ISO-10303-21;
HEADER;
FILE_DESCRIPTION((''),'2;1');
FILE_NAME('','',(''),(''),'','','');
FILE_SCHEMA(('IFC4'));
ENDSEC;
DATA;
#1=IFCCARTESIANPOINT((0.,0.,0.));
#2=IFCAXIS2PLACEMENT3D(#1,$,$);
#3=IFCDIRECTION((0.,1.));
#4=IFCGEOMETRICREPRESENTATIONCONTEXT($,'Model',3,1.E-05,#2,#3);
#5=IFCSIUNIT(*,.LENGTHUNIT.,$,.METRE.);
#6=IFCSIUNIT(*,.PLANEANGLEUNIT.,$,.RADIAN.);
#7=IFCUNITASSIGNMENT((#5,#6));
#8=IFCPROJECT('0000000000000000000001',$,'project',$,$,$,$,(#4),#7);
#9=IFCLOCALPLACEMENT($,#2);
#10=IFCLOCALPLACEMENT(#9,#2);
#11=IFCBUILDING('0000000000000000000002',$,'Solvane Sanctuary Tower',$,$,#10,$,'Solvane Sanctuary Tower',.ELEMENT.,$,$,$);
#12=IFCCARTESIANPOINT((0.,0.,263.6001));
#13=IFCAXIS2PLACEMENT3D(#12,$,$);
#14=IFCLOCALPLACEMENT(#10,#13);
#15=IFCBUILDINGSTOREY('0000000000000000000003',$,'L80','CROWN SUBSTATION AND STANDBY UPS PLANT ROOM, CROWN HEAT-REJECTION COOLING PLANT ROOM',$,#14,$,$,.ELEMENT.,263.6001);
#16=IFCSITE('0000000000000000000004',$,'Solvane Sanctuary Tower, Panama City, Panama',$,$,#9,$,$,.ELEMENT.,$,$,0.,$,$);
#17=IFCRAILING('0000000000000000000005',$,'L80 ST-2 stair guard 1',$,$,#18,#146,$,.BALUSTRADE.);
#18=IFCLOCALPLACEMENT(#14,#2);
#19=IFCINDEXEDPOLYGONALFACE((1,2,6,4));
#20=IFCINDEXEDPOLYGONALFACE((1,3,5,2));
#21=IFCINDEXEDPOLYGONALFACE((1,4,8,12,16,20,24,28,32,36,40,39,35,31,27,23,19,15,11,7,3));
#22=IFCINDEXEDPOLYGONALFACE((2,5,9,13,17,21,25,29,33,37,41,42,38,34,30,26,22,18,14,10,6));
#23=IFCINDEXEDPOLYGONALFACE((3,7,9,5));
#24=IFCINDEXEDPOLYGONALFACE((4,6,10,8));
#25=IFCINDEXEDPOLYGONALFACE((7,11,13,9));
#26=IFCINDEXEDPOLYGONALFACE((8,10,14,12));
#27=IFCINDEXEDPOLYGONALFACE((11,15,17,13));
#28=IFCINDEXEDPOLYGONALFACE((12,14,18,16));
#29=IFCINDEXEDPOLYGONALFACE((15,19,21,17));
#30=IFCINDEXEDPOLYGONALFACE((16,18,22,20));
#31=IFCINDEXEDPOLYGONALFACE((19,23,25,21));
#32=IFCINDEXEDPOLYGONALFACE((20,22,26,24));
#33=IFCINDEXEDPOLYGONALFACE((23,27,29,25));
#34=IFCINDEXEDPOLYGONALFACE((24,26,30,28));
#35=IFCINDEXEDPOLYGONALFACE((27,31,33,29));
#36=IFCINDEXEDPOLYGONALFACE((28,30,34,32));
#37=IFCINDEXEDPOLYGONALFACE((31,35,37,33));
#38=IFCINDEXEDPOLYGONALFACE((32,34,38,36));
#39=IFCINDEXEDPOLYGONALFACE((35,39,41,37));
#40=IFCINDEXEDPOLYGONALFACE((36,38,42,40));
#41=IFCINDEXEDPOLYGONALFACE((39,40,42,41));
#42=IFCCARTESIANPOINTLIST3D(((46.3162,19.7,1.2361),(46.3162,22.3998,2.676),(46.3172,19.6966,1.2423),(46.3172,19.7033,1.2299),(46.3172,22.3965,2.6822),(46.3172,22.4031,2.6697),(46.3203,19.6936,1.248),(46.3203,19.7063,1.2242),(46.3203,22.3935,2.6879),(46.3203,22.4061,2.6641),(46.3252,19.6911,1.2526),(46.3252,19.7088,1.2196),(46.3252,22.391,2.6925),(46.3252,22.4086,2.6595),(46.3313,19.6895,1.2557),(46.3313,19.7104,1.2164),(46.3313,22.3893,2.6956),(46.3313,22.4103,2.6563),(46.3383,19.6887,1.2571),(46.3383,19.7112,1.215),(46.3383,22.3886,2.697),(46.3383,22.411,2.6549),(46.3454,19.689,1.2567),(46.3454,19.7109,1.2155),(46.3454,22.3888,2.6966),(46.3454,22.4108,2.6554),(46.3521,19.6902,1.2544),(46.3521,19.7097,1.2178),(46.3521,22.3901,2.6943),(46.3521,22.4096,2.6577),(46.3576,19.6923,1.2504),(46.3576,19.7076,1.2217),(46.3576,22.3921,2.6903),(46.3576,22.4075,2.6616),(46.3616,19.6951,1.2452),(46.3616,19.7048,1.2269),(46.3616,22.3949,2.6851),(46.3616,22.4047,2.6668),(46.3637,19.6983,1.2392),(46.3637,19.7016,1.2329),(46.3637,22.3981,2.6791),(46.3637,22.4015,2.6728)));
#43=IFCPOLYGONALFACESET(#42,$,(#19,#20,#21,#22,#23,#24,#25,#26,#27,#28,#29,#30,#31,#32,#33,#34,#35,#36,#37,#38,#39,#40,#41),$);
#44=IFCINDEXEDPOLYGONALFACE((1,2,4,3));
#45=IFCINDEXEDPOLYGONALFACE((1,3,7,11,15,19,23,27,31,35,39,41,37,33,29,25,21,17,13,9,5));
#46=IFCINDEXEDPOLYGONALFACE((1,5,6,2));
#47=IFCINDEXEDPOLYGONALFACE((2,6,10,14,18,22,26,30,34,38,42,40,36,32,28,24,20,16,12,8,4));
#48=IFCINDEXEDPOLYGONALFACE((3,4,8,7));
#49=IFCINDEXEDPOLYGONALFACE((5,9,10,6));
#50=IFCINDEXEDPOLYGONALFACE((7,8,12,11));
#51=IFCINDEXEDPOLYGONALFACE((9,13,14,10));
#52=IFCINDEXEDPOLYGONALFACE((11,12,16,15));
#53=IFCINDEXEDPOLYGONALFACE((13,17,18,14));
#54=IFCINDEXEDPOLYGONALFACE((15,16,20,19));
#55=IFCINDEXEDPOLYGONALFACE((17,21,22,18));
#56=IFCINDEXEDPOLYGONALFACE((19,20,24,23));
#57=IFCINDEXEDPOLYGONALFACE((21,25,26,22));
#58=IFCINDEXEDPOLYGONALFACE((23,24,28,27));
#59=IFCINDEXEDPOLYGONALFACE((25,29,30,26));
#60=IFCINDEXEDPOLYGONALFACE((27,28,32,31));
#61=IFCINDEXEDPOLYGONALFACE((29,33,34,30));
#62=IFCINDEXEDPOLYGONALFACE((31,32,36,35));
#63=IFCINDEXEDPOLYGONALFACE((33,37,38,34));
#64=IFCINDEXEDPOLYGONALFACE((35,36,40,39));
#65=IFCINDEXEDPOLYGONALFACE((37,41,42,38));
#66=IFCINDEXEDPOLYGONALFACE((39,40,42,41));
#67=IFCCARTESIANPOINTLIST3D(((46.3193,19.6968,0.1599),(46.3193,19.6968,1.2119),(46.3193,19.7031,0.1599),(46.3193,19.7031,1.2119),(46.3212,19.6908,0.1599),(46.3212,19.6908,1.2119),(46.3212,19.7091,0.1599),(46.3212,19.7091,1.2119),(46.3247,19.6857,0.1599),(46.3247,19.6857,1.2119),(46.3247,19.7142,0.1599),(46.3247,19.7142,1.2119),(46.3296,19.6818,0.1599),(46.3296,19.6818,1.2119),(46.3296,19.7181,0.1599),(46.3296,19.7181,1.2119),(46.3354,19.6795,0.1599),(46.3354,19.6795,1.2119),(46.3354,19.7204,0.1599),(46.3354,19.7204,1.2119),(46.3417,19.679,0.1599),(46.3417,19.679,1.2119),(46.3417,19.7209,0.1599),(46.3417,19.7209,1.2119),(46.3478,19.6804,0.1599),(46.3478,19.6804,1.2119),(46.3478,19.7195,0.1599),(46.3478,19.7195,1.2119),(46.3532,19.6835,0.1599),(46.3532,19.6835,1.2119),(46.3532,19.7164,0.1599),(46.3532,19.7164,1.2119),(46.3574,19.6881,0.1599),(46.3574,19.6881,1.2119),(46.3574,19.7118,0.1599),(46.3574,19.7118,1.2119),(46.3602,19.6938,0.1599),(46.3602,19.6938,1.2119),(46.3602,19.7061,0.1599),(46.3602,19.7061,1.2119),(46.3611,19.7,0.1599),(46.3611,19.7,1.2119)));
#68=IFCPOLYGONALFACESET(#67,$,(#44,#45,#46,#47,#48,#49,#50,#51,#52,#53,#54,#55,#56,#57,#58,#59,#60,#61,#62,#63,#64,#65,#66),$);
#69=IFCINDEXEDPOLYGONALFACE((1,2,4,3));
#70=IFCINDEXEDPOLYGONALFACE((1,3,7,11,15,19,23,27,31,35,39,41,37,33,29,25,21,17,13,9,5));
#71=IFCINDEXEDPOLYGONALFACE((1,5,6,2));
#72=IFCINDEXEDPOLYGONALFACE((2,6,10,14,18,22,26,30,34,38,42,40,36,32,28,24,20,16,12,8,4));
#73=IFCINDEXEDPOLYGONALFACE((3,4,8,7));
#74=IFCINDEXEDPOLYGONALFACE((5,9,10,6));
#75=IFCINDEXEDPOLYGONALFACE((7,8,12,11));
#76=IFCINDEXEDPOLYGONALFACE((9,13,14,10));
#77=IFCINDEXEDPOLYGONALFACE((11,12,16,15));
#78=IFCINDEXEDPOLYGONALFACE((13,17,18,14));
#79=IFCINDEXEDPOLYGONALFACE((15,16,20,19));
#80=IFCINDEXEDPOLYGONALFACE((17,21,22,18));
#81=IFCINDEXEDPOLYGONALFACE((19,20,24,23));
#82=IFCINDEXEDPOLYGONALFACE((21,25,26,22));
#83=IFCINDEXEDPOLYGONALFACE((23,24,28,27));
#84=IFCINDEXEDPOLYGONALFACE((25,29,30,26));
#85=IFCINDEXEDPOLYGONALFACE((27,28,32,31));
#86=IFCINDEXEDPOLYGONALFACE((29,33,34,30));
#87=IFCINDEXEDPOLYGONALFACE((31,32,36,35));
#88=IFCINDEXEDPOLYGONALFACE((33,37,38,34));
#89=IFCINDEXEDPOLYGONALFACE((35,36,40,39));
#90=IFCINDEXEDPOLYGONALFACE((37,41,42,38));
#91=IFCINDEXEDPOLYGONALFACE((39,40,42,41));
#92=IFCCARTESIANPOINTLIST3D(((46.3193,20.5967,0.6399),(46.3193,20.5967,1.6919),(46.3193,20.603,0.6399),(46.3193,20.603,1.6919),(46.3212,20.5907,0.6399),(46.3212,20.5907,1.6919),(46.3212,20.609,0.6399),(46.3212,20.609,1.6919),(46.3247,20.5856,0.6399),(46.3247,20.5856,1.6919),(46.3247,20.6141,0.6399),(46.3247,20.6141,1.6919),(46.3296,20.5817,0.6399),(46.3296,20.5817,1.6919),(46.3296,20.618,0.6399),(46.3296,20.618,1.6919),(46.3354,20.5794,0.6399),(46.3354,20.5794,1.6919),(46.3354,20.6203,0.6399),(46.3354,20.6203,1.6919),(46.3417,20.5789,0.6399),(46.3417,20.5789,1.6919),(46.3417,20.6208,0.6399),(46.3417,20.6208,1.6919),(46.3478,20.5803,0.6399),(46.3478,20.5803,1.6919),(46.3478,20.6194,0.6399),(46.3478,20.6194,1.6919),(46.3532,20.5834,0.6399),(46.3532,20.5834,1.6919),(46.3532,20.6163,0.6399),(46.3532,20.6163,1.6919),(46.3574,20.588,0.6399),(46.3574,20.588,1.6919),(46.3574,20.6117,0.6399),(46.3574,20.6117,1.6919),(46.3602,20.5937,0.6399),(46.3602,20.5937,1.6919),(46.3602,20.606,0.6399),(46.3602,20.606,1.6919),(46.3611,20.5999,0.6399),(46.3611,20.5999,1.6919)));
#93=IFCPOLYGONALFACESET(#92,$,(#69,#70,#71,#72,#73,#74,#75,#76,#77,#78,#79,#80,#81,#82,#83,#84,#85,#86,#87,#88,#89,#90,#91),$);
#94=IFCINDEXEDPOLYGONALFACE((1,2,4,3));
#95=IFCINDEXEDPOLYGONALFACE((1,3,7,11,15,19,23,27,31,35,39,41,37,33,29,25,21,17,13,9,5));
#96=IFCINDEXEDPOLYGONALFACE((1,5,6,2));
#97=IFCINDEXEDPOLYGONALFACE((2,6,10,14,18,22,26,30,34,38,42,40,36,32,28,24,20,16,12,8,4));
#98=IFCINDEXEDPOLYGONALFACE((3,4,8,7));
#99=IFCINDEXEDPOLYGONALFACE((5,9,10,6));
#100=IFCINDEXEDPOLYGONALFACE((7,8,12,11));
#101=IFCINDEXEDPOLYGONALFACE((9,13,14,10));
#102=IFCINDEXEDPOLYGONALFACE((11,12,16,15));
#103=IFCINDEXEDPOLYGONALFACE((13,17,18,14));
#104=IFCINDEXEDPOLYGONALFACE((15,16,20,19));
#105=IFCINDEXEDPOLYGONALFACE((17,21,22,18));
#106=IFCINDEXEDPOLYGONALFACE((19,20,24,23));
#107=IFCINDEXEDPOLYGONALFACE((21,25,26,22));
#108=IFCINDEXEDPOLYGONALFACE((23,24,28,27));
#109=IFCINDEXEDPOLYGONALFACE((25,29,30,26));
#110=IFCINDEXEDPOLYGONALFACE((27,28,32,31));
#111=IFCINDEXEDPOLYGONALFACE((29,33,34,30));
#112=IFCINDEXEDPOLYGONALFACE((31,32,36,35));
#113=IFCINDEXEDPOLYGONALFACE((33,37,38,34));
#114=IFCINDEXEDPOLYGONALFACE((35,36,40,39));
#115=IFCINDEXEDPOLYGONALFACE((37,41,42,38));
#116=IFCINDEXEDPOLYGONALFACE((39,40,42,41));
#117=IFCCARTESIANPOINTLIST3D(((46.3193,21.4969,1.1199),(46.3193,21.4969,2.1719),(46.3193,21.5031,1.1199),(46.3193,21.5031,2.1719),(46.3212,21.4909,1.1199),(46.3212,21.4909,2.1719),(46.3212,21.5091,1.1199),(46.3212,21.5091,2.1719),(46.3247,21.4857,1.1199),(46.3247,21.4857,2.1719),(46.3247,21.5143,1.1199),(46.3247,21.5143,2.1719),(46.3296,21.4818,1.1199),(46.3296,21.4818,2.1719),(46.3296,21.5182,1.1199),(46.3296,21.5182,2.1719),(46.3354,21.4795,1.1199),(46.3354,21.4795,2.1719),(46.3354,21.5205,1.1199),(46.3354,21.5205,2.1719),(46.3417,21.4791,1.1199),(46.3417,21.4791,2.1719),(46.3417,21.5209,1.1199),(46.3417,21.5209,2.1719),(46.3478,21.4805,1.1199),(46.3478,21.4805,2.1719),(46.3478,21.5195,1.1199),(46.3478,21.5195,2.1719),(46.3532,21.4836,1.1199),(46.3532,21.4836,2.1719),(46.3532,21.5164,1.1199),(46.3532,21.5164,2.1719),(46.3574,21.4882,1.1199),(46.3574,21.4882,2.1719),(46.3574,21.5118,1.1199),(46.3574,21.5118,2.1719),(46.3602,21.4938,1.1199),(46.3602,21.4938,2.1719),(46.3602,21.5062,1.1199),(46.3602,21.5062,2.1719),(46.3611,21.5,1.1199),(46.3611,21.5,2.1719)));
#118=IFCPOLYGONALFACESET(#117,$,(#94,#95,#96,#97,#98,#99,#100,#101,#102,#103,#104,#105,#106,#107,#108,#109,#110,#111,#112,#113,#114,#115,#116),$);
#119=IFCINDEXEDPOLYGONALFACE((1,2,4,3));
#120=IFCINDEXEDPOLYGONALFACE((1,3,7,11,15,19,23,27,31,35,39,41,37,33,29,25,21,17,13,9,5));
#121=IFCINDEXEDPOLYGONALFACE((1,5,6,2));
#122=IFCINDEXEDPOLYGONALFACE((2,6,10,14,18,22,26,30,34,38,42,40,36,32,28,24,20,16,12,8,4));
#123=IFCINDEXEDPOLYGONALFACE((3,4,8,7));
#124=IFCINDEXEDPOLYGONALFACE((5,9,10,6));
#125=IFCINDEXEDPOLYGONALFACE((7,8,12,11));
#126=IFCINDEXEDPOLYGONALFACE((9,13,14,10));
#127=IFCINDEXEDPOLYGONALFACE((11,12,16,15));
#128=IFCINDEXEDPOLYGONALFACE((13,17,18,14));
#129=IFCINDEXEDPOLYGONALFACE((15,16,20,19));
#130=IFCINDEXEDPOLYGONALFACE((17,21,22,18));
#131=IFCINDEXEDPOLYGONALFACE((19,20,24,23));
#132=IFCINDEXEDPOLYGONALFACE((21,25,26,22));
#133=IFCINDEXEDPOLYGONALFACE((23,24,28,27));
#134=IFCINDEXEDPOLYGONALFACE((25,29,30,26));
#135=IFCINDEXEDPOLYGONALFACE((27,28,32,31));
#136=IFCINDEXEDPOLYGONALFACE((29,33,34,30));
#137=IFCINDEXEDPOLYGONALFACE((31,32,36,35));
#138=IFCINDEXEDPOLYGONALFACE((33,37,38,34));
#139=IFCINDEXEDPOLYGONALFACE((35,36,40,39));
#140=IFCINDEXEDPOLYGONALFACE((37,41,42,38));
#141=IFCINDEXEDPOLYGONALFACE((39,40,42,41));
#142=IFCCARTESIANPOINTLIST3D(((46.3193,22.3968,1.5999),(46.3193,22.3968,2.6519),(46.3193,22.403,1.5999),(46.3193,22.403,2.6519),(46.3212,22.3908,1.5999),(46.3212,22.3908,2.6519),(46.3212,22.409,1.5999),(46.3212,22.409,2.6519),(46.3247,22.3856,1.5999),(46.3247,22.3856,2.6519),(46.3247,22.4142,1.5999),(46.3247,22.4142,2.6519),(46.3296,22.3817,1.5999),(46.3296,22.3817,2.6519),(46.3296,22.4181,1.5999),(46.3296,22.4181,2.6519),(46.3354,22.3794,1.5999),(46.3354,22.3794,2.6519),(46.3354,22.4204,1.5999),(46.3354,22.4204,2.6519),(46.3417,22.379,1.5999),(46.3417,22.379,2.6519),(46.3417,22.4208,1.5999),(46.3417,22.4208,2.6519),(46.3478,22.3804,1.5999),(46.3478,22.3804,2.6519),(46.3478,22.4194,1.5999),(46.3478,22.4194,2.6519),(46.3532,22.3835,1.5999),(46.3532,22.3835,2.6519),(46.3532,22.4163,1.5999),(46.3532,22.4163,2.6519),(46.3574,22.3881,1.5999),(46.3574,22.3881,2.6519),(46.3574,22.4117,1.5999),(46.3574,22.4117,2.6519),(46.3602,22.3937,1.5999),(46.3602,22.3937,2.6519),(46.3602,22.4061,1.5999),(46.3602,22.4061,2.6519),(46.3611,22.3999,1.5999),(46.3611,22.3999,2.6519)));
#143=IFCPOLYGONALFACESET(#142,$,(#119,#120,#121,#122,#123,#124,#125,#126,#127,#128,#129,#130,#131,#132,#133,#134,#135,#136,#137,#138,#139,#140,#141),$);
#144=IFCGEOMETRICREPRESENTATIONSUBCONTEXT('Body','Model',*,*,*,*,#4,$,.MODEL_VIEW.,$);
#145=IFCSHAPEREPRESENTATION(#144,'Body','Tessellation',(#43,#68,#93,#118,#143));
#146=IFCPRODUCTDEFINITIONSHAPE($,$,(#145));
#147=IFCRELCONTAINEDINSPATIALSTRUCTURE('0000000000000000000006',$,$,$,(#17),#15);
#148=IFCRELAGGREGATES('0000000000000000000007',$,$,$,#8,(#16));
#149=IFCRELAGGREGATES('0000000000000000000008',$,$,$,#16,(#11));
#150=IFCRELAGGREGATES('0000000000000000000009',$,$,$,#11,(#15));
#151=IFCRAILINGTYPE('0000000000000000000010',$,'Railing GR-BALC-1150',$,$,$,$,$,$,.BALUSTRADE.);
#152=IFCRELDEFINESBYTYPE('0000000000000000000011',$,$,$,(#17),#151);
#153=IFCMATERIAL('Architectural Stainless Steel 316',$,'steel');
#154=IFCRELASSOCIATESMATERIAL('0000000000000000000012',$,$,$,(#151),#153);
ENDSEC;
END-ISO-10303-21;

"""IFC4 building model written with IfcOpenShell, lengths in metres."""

from ifc_helpers import new_model, si_unit, direction, frame, origin, origin_2d, place, context, subcontext, project, spatial, circle, extrude, material, type_object, element, save


model = new_model("IFC4")

# Units and contexts
model_context = context("Model", 3, precision=1e-05, world=origin(), true_north=direction((0.0, 1.0)))
body_context = subcontext(model_context, "Body", "Model", "MODEL_VIEW")
ifc_project = project(units=[si_unit("LENGTHUNIT", "METRE"), si_unit("PLANEANGLEUNIT", "RADIAN")], contexts=[model_context])

# Site, building, storey
site_placement = place(None, origin())
site = spatial("IfcSite", under=ifc_project, at=site_placement, Name="Solvane Sanctuary Tower, Panama City, Panama", CompositionType="ELEMENT", RefElevation=0.0)
building_placement = place(site_placement, origin())
building = spatial("IfcBuilding", under=site, at=building_placement, Name="Solvane Sanctuary Tower", LongName="Solvane Sanctuary Tower", CompositionType="ELEMENT")
storey_placement = place(building_placement, frame((0.0, 0.0, 263.6001)))
storey = spatial("IfcBuildingStorey", under=building, at=storey_placement, Name="L80", Description="CROWN SUBSTATION AND STANDBY UPS PLANT ROOM, CROWN HEAT-REJECTION COOLING PLANT ROOM", CompositionType="ELEMENT", Elevation=263.6001)

# Shared definitions
ifc_material_1 = material(Name="Architectural Stainless Steel 316", Category="steel")

# Railing
railing_type_1 = type_object("IfcRailingType", Name="Railing GR-BALC-1150", PredefinedType="BALUSTRADE", material=ifc_material_1)
railing_1_placement = place(storey_placement, frame((46.3401, 19.7, 0.1599)))
element("IfcRailing", 1, at=railing_1_placement, inside=storey, type_object=railing_type_1, Name="L80 ST-2 stair guard 1", PredefinedType="BALUSTRADE", context=body_context, shape_type="SweptSolid", body=[
    extrude(circle(Radius=0.0239, at=origin_2d()), frame((0.0, 0.0, 1.0762), z_axis=(0.0, 0.882357, 0.47058), x_axis=(-1.0, 0.0, 0.0)), (0.0, 0.0, 1.0), 3.0598),
    extrude(circle(Radius=0.021, at=origin_2d()), origin(), (0.0, 0.0, 1.0), 1.052),
    extrude(circle(Radius=0.021, at=origin_2d()), frame((0.0, 0.8999, 0.48)), (0.0, 0.0, 1.0), 1.052),
    extrude(circle(Radius=0.021, at=origin_2d()), frame((0.0, 1.8, 0.96)), (0.0, 0.0, 1.0), 1.052),
    extrude(circle(Radius=0.021, at=origin_2d()), frame((0.0, 2.7, 1.4399)), (0.0, 0.0, 1.0), 1.052),
])

save(model, "model.ifc")
